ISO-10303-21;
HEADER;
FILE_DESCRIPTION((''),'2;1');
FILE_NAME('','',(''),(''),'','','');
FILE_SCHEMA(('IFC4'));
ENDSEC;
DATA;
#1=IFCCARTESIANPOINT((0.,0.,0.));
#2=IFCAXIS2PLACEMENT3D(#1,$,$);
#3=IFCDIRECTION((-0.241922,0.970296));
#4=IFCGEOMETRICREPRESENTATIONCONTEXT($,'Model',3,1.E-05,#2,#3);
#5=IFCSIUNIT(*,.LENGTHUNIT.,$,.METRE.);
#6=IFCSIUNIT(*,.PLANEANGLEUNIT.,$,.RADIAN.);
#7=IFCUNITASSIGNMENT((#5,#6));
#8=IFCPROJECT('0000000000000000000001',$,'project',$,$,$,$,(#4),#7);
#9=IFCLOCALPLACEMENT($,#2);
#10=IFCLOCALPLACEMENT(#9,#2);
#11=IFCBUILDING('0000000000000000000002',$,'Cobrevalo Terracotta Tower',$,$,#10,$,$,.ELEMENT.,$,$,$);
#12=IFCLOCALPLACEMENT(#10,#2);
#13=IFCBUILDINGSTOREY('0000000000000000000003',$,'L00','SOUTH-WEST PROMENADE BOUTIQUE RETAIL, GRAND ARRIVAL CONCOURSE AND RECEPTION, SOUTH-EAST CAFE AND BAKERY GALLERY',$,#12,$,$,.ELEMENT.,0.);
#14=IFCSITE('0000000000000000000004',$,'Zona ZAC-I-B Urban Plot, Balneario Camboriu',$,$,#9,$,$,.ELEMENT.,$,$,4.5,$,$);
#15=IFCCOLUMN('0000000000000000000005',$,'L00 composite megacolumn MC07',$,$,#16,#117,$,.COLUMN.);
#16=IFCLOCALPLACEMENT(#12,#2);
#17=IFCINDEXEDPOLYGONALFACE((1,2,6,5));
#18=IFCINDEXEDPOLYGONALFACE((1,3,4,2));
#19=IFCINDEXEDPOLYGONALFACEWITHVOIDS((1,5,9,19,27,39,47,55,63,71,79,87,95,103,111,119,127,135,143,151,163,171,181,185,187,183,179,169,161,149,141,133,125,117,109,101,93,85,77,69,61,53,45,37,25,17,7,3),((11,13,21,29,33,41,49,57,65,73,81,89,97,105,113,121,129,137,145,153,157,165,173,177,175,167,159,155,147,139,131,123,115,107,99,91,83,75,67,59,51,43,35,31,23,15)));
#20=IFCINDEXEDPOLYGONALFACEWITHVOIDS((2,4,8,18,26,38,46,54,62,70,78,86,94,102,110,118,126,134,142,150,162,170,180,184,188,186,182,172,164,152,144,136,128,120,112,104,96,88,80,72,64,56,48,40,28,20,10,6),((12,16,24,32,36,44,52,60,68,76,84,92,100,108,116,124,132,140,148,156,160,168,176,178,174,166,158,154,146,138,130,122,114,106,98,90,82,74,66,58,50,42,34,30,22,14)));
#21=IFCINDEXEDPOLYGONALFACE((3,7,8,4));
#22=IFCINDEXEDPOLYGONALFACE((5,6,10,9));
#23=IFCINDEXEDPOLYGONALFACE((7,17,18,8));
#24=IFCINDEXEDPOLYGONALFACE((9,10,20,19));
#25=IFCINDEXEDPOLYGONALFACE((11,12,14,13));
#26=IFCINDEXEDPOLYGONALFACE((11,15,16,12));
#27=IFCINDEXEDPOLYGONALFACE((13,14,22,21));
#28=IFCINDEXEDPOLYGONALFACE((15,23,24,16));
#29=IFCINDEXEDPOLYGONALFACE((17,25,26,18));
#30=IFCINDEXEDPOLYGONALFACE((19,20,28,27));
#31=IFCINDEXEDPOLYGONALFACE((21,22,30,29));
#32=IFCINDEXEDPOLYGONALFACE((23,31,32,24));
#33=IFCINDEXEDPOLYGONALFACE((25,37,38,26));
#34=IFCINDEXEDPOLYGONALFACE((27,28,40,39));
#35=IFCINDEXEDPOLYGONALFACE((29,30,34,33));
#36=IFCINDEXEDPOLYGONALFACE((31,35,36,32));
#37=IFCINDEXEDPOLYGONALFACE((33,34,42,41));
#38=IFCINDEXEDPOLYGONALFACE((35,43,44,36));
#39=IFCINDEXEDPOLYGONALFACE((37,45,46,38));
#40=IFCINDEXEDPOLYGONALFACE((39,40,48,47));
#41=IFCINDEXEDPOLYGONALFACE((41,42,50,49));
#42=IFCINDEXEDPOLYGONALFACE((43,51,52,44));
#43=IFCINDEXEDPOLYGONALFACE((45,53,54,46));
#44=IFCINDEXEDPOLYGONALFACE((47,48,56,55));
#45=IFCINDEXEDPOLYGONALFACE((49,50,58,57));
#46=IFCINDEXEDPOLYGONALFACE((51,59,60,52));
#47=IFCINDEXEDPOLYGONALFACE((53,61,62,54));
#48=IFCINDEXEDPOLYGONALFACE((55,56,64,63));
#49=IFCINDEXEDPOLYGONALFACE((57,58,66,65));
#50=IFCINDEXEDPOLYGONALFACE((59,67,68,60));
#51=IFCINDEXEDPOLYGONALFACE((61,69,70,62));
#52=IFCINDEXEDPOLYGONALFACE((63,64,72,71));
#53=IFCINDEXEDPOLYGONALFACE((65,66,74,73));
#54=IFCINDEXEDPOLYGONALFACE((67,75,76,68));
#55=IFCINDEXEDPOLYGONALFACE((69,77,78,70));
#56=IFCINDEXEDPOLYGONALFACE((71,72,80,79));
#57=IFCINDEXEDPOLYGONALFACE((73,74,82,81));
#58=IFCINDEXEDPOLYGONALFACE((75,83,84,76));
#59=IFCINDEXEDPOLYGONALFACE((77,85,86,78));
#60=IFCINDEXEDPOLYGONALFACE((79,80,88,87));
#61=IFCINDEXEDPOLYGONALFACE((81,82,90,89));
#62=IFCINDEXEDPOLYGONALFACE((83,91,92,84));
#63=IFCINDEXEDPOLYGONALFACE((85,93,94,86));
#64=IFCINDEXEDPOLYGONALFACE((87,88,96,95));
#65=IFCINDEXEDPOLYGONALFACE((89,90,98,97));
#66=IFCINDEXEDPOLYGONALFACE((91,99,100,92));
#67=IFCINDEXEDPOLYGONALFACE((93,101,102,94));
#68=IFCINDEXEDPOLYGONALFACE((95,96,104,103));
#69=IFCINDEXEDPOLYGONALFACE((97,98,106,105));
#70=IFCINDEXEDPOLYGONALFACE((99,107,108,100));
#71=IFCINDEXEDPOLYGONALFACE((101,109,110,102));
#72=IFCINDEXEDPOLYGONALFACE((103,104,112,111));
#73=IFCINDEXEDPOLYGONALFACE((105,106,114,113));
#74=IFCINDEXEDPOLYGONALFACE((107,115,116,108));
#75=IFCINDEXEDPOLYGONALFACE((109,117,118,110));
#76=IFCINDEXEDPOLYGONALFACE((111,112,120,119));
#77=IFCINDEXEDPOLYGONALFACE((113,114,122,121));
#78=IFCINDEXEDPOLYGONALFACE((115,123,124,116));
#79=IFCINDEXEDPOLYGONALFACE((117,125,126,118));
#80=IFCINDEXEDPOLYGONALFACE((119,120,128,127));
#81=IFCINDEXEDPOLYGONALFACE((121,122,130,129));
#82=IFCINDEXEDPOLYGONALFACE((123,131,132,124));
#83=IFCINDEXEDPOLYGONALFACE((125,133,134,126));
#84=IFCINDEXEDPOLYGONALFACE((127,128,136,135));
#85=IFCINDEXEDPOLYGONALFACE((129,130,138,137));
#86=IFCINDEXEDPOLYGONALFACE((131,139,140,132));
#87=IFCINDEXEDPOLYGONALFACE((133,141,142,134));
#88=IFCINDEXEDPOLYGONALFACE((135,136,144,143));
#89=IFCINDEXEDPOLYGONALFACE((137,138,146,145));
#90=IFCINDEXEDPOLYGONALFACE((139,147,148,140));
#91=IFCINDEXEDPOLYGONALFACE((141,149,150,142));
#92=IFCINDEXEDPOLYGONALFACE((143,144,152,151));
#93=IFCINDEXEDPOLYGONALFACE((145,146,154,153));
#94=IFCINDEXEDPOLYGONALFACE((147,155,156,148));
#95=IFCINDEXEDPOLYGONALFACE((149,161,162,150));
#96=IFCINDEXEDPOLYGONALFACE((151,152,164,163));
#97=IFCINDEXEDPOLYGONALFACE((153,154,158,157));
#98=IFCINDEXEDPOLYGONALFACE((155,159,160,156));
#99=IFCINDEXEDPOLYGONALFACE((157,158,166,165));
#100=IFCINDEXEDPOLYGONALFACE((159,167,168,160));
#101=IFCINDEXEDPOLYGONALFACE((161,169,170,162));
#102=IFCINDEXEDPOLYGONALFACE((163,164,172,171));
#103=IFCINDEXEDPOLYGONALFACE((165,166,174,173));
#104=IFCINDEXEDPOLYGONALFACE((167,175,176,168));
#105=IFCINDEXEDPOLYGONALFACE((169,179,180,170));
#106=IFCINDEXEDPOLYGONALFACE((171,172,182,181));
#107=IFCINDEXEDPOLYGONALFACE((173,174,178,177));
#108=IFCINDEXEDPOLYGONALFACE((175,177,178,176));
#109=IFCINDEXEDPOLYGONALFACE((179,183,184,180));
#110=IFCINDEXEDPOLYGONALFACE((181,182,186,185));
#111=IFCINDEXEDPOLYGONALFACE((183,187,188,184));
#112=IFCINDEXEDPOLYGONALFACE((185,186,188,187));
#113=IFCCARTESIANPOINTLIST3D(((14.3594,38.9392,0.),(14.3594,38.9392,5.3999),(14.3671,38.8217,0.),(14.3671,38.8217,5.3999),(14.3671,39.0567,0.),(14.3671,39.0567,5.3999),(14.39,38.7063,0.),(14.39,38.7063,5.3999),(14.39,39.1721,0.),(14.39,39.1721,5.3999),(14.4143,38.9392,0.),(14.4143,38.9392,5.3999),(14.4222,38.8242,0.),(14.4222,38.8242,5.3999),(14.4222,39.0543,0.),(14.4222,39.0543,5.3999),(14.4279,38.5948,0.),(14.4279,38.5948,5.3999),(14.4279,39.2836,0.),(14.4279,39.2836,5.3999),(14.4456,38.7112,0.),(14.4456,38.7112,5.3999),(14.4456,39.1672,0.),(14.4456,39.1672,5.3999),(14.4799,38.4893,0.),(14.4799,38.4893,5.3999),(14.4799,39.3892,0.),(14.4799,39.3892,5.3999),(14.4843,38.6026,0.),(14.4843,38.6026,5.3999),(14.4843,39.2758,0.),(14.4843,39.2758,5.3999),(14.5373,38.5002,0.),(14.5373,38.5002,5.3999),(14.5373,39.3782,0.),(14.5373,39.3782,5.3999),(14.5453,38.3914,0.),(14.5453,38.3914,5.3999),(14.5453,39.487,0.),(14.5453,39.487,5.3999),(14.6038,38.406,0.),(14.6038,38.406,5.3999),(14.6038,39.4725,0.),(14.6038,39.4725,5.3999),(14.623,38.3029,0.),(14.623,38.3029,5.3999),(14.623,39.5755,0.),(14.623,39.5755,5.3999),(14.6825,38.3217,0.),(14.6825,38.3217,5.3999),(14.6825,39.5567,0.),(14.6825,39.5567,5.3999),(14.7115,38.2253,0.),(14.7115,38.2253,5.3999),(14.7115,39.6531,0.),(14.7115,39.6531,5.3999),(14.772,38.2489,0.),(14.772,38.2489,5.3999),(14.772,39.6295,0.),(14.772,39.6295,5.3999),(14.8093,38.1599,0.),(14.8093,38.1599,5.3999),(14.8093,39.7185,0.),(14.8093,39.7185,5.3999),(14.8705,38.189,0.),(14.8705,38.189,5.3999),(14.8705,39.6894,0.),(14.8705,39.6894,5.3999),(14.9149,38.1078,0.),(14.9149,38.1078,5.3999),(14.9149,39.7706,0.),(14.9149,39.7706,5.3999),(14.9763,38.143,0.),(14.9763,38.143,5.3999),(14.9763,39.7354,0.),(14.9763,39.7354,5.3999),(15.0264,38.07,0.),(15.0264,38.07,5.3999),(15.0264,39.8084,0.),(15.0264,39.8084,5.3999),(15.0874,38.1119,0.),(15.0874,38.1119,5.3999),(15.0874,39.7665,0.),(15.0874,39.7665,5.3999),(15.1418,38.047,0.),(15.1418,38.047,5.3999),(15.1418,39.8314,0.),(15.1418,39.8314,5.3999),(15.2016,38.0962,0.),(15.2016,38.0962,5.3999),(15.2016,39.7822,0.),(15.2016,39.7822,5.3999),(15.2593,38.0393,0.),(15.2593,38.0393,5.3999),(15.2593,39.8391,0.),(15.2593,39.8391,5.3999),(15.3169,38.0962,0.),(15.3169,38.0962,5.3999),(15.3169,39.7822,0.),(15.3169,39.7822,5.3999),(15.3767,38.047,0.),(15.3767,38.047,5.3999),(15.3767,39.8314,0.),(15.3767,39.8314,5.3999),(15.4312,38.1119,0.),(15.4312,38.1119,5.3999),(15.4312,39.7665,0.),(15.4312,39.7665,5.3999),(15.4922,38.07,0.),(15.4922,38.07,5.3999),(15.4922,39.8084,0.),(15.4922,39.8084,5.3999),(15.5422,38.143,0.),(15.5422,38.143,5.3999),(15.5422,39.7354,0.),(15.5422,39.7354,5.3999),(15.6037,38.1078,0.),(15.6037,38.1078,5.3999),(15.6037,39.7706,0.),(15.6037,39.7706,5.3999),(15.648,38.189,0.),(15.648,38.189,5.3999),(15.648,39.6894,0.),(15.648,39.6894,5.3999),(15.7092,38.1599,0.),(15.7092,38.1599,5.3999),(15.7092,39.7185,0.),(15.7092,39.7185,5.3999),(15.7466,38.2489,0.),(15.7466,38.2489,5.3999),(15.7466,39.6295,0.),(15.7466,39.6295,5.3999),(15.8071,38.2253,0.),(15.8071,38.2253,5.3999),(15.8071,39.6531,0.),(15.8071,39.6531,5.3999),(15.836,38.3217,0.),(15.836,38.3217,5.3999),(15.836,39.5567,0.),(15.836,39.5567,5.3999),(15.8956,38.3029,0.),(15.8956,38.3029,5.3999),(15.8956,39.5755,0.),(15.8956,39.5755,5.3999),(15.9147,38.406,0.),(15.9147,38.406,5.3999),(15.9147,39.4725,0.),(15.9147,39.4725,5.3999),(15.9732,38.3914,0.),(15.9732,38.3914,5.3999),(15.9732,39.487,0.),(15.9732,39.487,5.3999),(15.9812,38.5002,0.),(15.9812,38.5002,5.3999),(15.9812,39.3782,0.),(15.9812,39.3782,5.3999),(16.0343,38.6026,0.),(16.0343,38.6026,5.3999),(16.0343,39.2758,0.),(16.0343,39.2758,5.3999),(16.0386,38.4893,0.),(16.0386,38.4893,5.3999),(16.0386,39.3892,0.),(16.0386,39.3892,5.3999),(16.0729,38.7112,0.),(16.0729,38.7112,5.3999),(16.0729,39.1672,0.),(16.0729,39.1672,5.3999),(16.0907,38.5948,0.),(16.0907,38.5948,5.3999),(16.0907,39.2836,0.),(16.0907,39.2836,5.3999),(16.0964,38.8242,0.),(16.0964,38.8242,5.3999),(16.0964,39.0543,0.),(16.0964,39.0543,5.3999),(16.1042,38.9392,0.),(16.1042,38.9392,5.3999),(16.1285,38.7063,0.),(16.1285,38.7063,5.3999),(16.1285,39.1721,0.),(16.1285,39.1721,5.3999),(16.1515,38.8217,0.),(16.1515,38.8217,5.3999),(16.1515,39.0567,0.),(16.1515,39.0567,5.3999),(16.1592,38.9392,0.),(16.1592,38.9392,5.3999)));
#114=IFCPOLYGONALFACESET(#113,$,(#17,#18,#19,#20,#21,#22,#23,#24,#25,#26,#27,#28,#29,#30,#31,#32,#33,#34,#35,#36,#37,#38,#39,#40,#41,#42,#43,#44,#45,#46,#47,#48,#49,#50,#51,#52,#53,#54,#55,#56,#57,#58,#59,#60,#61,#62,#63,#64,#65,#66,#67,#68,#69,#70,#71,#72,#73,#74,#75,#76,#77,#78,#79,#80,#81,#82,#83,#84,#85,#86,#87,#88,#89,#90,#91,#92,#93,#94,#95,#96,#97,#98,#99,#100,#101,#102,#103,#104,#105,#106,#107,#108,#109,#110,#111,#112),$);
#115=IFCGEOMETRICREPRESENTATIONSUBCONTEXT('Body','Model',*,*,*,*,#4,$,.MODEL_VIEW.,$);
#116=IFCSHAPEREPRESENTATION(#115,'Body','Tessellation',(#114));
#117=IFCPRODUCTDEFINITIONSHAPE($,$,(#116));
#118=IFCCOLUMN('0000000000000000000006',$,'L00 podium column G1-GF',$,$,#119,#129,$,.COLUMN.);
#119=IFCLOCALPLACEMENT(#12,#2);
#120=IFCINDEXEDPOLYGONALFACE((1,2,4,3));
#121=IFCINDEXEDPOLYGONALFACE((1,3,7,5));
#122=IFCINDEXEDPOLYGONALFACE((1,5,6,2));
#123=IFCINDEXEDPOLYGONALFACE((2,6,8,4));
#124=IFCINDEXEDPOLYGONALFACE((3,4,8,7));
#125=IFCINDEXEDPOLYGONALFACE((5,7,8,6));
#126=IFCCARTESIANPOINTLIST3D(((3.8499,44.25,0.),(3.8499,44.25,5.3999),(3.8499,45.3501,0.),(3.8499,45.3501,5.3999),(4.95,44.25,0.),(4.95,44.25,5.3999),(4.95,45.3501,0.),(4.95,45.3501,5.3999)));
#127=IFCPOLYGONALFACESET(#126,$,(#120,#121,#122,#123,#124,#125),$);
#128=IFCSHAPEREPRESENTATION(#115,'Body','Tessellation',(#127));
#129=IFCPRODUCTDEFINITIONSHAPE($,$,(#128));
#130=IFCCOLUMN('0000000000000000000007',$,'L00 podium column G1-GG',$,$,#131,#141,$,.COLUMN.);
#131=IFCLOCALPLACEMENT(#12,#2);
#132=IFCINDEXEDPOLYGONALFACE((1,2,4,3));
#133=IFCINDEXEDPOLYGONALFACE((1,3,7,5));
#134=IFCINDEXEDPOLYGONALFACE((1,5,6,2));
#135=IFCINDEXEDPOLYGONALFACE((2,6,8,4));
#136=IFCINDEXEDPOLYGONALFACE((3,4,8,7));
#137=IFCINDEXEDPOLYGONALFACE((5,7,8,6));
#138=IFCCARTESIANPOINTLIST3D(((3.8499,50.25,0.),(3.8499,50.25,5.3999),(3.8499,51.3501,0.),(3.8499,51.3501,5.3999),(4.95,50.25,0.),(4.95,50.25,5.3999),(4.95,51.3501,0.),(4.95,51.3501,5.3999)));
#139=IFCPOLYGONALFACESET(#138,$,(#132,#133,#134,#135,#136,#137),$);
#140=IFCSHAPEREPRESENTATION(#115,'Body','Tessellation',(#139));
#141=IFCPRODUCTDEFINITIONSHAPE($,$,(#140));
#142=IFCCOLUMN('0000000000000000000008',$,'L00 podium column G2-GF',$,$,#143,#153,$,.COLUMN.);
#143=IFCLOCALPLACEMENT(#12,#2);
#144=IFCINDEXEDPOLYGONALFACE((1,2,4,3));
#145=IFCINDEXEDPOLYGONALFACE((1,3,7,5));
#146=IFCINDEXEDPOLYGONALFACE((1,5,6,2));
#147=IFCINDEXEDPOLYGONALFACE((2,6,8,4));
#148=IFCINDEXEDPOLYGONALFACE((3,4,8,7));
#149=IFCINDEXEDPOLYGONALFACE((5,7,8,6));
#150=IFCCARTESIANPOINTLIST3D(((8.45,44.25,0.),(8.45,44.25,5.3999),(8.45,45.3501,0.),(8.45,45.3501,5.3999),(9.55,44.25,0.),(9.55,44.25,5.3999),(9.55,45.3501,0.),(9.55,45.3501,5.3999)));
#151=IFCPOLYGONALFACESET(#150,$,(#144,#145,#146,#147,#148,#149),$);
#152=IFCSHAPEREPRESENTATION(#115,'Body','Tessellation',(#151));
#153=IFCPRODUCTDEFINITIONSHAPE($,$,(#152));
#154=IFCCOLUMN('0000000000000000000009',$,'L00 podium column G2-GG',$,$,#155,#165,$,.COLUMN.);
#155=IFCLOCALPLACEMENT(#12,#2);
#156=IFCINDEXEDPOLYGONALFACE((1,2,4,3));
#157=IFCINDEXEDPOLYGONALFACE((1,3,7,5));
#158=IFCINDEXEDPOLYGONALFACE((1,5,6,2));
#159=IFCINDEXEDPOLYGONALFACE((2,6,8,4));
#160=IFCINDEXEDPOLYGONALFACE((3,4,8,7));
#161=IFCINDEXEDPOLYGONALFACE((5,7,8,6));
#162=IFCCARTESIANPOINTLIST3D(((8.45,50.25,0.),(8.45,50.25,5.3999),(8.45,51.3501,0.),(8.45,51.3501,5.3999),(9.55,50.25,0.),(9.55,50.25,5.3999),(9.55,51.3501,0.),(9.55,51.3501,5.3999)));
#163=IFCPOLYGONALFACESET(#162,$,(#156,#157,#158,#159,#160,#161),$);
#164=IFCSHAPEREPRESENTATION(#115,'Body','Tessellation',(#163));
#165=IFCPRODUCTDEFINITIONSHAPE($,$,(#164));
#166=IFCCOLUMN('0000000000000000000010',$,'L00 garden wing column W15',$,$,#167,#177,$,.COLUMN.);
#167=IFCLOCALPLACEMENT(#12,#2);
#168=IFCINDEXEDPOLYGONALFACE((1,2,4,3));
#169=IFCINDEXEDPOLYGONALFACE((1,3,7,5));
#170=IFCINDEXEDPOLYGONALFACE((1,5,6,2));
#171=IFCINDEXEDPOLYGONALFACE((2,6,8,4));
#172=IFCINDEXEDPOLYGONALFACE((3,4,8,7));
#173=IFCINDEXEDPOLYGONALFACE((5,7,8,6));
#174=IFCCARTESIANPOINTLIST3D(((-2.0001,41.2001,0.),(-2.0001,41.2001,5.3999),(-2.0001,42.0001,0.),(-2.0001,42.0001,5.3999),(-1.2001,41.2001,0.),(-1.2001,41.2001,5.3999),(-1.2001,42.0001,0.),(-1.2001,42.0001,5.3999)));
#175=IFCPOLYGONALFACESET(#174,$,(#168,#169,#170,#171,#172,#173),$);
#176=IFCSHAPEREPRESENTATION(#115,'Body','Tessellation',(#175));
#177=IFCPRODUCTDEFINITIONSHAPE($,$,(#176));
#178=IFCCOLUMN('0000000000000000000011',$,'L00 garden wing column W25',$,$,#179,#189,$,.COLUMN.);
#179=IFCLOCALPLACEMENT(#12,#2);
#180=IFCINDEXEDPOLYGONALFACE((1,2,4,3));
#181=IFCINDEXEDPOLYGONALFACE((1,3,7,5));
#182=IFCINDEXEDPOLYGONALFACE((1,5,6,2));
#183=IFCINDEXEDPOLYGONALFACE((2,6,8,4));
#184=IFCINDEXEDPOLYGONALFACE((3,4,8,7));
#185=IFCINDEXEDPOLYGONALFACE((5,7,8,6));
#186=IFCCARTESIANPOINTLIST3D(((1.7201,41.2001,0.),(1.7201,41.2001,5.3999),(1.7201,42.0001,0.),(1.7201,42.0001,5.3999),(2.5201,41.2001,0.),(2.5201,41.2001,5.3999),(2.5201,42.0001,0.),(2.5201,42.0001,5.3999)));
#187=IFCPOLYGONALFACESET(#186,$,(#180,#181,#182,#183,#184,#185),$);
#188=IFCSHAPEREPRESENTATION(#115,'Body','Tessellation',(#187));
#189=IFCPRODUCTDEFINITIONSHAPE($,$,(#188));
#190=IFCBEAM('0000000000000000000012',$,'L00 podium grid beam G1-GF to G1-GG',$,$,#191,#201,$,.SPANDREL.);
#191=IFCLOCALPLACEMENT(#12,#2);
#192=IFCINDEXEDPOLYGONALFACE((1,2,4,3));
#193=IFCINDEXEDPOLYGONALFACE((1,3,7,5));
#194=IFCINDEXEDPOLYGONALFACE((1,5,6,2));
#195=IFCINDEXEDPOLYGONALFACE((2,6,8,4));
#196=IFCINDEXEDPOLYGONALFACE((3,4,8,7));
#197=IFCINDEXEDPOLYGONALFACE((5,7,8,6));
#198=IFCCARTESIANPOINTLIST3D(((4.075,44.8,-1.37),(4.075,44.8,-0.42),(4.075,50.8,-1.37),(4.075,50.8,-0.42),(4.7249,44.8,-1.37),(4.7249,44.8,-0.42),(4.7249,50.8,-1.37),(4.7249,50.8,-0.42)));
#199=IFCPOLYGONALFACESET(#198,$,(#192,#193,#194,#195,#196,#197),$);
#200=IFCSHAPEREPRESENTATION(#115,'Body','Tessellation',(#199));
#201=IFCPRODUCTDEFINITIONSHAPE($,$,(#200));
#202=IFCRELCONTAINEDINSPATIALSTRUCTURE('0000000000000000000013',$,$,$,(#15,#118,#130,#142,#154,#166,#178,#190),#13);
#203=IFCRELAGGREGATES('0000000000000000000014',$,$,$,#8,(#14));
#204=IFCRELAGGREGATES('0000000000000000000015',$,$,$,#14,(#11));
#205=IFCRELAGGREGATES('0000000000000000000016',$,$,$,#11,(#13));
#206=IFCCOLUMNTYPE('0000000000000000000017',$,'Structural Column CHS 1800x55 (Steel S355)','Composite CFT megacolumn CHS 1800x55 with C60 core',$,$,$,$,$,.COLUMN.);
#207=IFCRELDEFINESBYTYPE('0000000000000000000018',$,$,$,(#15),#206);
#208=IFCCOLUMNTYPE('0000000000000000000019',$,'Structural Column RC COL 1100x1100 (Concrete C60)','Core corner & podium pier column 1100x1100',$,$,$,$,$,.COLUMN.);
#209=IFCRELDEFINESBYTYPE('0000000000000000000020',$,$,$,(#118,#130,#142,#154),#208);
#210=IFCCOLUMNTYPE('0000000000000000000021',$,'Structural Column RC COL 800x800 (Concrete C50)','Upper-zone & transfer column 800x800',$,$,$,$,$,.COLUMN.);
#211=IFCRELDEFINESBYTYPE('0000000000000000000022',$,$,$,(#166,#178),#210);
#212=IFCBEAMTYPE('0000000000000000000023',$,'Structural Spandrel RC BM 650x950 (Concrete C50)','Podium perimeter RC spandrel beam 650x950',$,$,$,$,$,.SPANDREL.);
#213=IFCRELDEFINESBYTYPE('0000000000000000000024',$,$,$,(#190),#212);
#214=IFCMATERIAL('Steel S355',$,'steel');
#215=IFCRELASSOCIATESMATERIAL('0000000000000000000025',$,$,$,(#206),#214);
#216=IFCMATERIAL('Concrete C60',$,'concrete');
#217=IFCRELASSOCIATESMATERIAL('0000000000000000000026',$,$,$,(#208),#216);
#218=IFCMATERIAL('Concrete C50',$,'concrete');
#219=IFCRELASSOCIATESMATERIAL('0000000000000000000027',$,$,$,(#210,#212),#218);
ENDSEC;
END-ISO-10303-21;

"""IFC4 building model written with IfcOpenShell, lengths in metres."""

from ifc_helpers import new_model, si_unit, direction, frame, origin, origin_2d, place, context, subcontext, project, spatial, rectangle, hollow_circle, extrude, material, material_profile, profile_set, type_object, element, save


model = new_model("IFC4")

# Units and contexts
model_context = context("Model", 3, precision=1e-05, world=origin(), true_north=direction((-0.241922, 0.970296)))
body_context = subcontext(model_context, "Body", "Model", "MODEL_VIEW")
ifc_project = project(units=[si_unit("LENGTHUNIT", "METRE"), si_unit("PLANEANGLEUNIT", "RADIAN")], contexts=[model_context])

# Site, building, storey
site_placement = place(None, origin())
site = spatial("IfcSite", under=ifc_project, at=site_placement, Name="Zona ZAC-I-B Urban Plot, Balneario Camboriu", CompositionType="ELEMENT", RefElevation=4.5)
building_placement = place(site_placement, origin())
building = spatial("IfcBuilding", under=site, at=building_placement, Name="Cobrevalo Terracotta Tower", CompositionType="ELEMENT")
storey_placement = place(building_placement, origin())
storey = spatial("IfcBuildingStorey", under=building, at=storey_placement, Name="L00", Description="SOUTH-WEST PROMENADE BOUTIQUE RETAIL, GRAND ARRIVAL CONCOURSE AND RECEPTION, SOUTH-EAST CAFE AND BAKERY GALLERY", CompositionType="ELEMENT", Elevation=0.0)

# Columns
ifc_material_1 = material(Name="Steel S355", Category="steel")
ifc_material_profile_1 = material_profile(ifc_material_1, hollow_circle(Radius=0.8999, WallThickness=0.0549, at=origin_2d()), Name="CHS 1800x55")
ifc_profile_set_1 = profile_set([ifc_material_profile_1], Name="Steel S355")
column_type_1 = type_object("IfcColumnType", Name="Structural Column CHS 1800x55 (Steel S355)", Description="Composite CFT megacolumn CHS 1800x55 with C60 core", PredefinedType="COLUMN", material=ifc_profile_set_1)
column_placement = place(storey_placement, frame((15.2593, 38.9392, 0.0), z_axis=(0.0, 0.0, 1.0), x_axis=(1.0, 0.0, 0.0)))
element("IfcColumn", 1, at=column_placement, inside=storey, type_object=column_type_1, Name="L00 composite megacolumn MC07", PredefinedType="COLUMN", context=body_context, shape_type="SweptSolid", body=[
    extrude(hollow_circle(Radius=0.8999, WallThickness=0.0549, at=origin_2d()), origin(), (0.0, 0.0, 1.0), 5.3999),
])
ifc_material_2 = material(Name="Concrete C60", Category="concrete")
ifc_material_profile_2 = material_profile(ifc_material_2, rectangle(XDim=1.1001, YDim=1.1001, at=origin_2d()), Name="RC COL 1100x1100")
ifc_profile_set_2 = profile_set([ifc_material_profile_2], Name="Concrete C60")
column_type_2 = type_object("IfcColumnType", Name="Structural Column RC COL 1100x1100 (Concrete C60)", Description="Core corner & podium pier column 1100x1100", PredefinedType="COLUMN", material=ifc_profile_set_2)
for number, where, z_axis, x_axis, name in (
    (2, (4.3999, 44.8, 0.0), (0.0, 0.0, 1.0), (1.0, 0.0, 0.0), "L00 podium column G1-GF"),
    (3, (4.3999, 50.8, 0.0), (0.0, 0.0, 1.0), (1.0, 0.0, 0.0), "L00 podium column G1-GG"),
    (4, (9.0, 44.8, 0.0), (0.0, 0.0, 1.0), (1.0, 0.0, 0.0), "L00 podium column G2-GF"),
    (5, (9.0, 50.8, 0.0), (0.0, 0.0, 1.0), (1.0, 0.0, 0.0), "L00 podium column G2-GG"),
):
    element("IfcColumn", number, at=place(storey_placement, frame(where, z_axis=z_axis, x_axis=x_axis)), inside=storey, type_object=column_type_2, Name=name, PredefinedType="COLUMN", context=body_context, shape_type="SweptSolid", body=[
        extrude(rectangle(XDim=1.1001, YDim=1.1001, at=origin_2d()), origin(), (0.0, 0.0, 1.0), 5.3999),
    ])
ifc_material_3 = material(Name="Concrete C50", Category="concrete")
ifc_material_profile_3 = material_profile(ifc_material_3, rectangle(XDim=0.8, YDim=0.8, at=origin_2d()), Name="RC COL 800x800")
ifc_profile_set_3 = profile_set([ifc_material_profile_3], Name="Concrete C50")
column_type_3 = type_object("IfcColumnType", Name="Structural Column RC COL 800x800 (Concrete C50)", Description="Upper-zone & transfer column 800x800", PredefinedType="COLUMN", material=ifc_profile_set_3)
for number, where, z_axis, x_axis, name in (
    (6, (-1.6001, 41.6001, 0.0), (0.0, 0.0, 1.0), (1.0, 0.0, 0.0), "L00 garden wing column W15"),
    (7, (2.1201, 41.6001, 0.0), (0.0, 0.0, 1.0), (1.0, 0.0, 0.0), "L00 garden wing column W25"),
):
    element("IfcColumn", number, at=place(storey_placement, frame(where, z_axis=z_axis, x_axis=x_axis)), inside=storey, type_object=column_type_3, Name=name, PredefinedType="COLUMN", context=body_context, shape_type="SweptSolid", body=[
        extrude(rectangle(XDim=0.8, YDim=0.8, at=origin_2d()), origin(), (0.0, 0.0, 1.0), 5.3999),
    ])

# Beam
ifc_material_profile_4 = material_profile(ifc_material_3, rectangle(XDim=0.6499, YDim=0.95, at=origin_2d()), Name="RC BM 650x950")
ifc_profile_set_4 = profile_set([ifc_material_profile_4], Name="Concrete C50")
beam_type_1 = type_object("IfcBeamType", Name="Structural Spandrel RC BM 650x950 (Concrete C50)", Description="Podium perimeter RC spandrel beam 650x950", PredefinedType="SPANDREL", material=ifc_profile_set_4)
beam_1_placement = place(storey_placement, frame((4.3999, 44.8, -0.895), z_axis=(0.0, 1.0, 0.0), x_axis=(-1.0, 0.0, 0.0)))
element("IfcBeam", 8, at=beam_1_placement, inside=storey, type_object=beam_type_1, Name="L00 podium grid beam G1-GF to G1-GG", PredefinedType="SPANDREL", context=body_context, shape_type="SweptSolid", body=[
    extrude(rectangle(XDim=0.6499, YDim=0.95, at=origin_2d()), origin(), (0.0, 0.0, 1.0), 6.0),
])

save(model, "model.ifc")
